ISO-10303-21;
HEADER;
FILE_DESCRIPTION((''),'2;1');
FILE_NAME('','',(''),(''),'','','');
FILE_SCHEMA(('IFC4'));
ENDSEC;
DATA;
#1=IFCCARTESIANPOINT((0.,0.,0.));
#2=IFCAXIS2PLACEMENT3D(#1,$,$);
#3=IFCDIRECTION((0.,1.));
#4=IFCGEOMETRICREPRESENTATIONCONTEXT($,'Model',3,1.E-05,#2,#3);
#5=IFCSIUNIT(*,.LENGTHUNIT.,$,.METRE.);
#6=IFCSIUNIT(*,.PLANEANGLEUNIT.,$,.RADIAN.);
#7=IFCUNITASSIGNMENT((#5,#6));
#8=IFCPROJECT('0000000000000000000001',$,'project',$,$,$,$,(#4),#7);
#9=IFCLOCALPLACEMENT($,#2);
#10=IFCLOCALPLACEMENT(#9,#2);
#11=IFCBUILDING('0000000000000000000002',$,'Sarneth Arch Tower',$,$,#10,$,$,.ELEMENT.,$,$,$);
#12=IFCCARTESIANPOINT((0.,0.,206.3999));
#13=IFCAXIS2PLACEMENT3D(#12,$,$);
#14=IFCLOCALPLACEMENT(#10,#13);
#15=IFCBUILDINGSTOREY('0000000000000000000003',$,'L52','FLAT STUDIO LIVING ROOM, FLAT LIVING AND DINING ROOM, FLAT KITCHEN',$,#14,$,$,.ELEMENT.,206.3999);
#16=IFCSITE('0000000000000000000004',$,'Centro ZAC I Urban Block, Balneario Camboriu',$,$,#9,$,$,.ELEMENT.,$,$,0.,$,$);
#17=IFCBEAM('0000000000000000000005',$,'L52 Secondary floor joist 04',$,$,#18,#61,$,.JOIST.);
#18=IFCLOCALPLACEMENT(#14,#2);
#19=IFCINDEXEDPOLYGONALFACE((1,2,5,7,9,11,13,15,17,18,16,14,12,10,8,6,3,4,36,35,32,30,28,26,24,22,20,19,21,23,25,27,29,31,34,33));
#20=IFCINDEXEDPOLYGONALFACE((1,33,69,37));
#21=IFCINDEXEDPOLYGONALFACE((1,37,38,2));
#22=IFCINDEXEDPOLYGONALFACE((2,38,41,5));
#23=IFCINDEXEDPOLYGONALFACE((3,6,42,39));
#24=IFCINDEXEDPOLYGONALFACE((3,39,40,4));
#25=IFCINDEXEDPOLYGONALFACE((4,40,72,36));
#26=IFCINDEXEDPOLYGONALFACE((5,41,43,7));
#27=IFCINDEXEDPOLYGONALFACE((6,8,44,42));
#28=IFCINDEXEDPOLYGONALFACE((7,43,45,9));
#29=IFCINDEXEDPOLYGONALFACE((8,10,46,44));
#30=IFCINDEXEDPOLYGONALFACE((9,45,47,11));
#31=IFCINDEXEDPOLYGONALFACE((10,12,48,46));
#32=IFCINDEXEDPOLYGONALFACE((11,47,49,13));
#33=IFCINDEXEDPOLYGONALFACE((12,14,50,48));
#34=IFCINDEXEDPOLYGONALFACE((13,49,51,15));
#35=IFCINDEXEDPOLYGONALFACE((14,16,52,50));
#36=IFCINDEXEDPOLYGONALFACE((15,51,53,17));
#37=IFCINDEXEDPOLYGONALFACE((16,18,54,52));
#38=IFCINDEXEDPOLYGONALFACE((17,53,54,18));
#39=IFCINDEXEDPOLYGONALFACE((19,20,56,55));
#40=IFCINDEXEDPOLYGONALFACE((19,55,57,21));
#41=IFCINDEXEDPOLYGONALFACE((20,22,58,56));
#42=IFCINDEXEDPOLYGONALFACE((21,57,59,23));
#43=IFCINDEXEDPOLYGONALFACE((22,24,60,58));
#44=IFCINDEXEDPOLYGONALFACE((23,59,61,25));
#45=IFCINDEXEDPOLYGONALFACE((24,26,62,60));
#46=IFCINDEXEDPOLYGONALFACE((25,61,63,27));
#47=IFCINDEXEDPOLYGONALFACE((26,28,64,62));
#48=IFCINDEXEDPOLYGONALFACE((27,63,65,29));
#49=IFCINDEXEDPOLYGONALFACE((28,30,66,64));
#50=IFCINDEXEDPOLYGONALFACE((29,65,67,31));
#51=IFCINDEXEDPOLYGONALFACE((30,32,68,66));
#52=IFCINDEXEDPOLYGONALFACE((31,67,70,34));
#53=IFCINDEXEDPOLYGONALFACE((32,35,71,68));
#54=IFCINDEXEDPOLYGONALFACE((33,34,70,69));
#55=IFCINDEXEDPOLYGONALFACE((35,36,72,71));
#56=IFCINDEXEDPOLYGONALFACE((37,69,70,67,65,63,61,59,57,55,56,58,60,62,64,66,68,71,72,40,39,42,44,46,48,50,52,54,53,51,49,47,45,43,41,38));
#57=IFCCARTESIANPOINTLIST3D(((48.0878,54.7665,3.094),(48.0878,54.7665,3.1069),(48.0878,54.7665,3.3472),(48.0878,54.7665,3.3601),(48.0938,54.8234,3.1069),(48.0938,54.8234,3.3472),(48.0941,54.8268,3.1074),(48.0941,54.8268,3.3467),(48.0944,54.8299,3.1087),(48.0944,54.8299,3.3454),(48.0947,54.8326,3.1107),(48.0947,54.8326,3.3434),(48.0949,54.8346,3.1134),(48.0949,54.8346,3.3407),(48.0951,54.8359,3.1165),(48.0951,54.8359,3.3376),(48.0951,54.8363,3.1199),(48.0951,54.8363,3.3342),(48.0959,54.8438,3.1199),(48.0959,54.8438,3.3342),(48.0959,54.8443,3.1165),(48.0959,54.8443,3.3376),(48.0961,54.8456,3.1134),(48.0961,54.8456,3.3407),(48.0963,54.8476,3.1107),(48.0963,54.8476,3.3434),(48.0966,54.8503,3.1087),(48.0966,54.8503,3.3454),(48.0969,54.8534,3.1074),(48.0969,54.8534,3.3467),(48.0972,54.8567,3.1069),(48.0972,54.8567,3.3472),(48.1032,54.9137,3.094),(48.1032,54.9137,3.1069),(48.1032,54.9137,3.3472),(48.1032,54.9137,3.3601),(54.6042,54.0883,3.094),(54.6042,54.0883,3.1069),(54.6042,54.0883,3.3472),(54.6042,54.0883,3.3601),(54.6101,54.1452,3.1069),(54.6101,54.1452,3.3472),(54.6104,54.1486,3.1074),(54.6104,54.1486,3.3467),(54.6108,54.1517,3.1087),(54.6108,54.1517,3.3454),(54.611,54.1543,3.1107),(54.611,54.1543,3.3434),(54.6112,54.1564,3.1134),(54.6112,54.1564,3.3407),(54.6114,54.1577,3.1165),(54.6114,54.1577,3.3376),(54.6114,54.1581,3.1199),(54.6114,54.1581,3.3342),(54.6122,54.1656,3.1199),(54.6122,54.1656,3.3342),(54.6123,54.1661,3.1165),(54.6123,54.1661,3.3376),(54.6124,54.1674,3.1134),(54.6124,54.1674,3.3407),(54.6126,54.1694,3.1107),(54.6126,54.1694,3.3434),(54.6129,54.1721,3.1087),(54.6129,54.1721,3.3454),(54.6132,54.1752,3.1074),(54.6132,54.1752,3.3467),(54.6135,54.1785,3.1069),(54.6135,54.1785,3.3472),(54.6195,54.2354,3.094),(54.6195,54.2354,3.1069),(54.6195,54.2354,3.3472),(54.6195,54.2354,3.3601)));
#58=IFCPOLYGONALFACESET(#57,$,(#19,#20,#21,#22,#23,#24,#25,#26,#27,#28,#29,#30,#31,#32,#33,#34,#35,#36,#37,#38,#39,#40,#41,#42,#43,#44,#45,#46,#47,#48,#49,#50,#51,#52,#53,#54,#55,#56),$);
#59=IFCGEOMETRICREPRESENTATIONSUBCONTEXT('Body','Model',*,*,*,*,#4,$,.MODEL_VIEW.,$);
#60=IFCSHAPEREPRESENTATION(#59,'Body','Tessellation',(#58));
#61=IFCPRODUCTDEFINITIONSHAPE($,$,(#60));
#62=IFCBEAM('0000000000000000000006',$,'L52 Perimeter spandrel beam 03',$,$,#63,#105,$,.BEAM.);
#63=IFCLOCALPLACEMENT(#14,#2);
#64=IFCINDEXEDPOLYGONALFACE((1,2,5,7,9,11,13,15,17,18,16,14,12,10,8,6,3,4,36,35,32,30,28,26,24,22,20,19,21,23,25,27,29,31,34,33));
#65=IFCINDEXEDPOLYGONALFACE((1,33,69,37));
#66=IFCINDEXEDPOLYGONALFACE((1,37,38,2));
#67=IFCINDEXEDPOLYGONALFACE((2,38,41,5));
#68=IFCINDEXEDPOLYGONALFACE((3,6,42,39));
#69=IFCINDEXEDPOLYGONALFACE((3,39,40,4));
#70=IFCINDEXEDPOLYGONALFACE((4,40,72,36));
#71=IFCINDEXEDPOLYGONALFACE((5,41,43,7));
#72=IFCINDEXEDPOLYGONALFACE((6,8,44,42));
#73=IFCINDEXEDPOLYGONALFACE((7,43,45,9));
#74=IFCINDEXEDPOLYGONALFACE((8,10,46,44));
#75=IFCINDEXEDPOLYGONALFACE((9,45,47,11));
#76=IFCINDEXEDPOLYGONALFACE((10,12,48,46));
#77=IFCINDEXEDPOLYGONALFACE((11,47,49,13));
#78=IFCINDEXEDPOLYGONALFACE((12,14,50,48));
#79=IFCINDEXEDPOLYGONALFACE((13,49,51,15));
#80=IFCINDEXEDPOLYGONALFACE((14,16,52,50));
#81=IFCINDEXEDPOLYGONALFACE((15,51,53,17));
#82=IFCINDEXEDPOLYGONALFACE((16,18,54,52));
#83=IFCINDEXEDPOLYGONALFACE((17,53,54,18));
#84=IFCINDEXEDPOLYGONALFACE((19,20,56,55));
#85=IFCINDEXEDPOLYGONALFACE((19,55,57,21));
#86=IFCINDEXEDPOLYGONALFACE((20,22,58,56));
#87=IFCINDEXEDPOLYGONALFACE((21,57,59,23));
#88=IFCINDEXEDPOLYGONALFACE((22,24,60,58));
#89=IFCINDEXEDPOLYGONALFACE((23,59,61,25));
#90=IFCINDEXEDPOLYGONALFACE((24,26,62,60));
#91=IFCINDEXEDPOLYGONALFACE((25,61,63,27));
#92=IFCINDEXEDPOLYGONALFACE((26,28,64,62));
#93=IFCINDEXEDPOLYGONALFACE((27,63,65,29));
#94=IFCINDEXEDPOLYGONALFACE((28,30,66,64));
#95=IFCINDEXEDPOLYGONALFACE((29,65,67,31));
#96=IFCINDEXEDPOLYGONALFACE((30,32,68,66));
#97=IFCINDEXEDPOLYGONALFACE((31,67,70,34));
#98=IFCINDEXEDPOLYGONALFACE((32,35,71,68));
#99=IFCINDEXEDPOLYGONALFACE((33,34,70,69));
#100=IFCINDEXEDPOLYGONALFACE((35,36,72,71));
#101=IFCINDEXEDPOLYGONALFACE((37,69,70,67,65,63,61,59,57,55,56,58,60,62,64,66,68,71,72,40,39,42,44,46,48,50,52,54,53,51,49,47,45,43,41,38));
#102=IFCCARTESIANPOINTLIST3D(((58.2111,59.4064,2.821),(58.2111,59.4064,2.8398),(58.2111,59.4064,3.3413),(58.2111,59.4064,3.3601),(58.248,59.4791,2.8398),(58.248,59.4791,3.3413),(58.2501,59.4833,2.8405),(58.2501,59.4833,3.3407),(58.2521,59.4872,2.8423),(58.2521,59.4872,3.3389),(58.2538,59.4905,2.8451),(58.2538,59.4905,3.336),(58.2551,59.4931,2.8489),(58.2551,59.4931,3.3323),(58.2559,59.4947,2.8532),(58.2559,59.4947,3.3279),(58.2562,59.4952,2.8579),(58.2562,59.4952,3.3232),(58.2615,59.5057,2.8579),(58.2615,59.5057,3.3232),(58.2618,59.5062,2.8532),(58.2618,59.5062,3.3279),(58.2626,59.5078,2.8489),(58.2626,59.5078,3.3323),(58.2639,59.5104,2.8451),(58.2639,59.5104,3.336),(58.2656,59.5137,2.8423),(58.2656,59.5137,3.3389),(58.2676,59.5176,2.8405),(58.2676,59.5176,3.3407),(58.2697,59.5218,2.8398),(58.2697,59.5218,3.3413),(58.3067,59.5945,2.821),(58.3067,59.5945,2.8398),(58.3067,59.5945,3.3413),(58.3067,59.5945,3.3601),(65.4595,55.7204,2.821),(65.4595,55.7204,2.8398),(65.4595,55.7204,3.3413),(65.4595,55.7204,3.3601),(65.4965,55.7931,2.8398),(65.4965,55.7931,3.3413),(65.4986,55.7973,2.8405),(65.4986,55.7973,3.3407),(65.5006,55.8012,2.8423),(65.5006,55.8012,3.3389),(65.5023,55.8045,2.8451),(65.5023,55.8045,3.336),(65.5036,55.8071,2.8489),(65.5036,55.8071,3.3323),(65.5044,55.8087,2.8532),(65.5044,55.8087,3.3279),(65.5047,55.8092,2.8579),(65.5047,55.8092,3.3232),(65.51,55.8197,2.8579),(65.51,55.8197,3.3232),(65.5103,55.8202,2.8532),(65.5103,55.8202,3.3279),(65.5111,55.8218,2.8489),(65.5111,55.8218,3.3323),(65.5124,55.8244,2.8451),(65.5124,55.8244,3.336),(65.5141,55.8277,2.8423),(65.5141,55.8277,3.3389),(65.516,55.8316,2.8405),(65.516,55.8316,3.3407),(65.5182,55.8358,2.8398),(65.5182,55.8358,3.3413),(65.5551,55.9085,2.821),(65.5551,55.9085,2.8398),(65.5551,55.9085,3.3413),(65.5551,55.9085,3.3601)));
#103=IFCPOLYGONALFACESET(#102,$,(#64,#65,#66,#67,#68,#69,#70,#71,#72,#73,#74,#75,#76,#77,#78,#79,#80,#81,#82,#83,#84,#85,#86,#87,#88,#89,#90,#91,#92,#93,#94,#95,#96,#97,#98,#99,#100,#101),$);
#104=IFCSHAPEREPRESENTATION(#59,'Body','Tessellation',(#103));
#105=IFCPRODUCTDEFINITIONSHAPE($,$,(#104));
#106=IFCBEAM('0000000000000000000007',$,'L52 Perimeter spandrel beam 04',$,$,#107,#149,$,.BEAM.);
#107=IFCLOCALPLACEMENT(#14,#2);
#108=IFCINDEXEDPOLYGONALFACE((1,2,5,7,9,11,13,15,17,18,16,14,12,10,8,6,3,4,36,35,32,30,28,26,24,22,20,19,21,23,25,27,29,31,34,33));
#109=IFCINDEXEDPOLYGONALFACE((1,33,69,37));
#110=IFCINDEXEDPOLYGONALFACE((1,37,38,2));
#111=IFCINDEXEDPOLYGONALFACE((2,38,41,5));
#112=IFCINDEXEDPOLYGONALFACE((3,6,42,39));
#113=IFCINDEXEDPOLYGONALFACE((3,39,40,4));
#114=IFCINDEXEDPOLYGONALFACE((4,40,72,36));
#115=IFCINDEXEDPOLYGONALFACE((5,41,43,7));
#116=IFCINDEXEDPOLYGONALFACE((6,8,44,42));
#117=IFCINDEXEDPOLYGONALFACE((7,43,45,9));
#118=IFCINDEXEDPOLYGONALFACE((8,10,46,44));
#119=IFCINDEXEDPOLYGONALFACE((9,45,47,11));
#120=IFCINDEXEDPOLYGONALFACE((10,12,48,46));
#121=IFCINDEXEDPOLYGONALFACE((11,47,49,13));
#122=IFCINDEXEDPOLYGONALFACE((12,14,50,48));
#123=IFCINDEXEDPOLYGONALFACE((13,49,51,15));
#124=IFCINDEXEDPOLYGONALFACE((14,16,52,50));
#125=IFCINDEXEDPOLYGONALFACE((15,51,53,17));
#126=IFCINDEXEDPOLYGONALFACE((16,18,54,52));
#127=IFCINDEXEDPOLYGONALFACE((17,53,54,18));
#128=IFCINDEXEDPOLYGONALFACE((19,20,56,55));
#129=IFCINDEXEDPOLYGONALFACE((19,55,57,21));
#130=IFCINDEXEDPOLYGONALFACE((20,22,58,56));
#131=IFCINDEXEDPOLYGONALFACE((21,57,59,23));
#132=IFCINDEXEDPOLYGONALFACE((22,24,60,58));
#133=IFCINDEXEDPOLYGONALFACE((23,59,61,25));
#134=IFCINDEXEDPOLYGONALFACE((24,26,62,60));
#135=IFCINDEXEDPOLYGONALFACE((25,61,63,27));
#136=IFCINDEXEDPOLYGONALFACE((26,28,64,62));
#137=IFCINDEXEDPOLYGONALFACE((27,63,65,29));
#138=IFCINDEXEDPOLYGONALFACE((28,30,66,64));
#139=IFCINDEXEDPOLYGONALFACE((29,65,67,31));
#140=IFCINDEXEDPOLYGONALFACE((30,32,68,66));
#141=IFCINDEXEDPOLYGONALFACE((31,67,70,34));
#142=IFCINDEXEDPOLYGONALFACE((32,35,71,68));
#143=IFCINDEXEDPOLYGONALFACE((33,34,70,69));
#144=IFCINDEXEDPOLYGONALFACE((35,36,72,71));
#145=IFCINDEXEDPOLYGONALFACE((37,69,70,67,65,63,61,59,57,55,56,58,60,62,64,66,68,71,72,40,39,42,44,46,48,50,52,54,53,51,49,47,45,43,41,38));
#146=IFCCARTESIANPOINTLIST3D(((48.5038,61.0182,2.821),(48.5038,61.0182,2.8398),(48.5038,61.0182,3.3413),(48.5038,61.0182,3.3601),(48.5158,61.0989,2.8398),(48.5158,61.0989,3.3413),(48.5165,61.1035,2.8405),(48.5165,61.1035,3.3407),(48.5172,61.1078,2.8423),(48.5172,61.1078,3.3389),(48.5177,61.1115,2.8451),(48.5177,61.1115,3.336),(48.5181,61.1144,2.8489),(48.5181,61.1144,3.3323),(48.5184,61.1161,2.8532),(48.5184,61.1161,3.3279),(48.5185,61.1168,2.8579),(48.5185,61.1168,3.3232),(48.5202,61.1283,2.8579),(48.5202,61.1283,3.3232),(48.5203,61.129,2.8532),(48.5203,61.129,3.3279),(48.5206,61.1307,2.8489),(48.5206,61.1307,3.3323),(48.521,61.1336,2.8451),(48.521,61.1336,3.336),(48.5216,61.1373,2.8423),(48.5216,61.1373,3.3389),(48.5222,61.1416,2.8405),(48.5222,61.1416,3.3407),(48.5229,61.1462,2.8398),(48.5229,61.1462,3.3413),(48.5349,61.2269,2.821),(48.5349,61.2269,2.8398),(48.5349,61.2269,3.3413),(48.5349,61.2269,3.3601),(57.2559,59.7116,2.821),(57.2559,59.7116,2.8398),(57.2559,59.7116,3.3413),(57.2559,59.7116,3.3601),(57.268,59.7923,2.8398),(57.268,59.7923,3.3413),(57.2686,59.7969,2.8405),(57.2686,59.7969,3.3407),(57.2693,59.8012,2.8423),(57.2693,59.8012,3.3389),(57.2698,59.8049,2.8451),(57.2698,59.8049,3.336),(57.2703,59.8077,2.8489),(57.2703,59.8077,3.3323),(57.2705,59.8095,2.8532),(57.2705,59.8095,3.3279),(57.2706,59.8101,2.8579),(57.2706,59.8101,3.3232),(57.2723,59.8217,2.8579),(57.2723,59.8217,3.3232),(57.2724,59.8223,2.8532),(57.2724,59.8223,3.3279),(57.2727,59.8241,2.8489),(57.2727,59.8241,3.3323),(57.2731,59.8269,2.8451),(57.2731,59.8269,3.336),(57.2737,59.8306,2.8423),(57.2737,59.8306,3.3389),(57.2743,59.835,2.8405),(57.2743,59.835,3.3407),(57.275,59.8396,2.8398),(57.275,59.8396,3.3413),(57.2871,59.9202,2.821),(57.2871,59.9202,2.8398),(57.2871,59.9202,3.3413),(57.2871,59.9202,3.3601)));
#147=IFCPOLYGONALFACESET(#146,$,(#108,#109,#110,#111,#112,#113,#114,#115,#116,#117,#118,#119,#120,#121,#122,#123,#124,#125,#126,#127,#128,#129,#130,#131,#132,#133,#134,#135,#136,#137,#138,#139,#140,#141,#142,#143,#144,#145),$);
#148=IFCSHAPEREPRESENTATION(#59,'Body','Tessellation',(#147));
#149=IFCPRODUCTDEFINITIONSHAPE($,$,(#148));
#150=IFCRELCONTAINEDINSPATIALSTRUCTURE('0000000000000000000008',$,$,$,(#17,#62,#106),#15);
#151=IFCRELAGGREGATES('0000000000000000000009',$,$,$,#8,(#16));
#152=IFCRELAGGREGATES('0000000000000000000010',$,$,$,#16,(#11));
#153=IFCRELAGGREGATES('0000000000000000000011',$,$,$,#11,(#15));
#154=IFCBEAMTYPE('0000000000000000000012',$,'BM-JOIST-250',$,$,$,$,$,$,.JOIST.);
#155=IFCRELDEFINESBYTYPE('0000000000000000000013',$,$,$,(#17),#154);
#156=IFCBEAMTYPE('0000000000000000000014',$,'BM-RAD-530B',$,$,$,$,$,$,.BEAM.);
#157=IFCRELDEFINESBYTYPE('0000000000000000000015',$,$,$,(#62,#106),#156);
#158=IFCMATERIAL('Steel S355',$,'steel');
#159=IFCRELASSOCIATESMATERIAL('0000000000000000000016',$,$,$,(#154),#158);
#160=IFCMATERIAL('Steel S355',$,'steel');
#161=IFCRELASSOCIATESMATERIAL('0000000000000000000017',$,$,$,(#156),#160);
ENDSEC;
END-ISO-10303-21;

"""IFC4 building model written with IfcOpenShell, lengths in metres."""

from ifc_helpers import new_model, si_unit, direction, frame, origin, origin_2d, place, context, subcontext, project, spatial, i_section, extrude, material, material_profile, profile_set, type_object, element, save


model = new_model("IFC4")

# Units and contexts
model_context = context("Model", 3, precision=1e-05, world=origin(), true_north=direction((0.0, 1.0)))
body_context = subcontext(model_context, "Body", "Model", "MODEL_VIEW")
ifc_project = project(units=[si_unit("LENGTHUNIT", "METRE"), si_unit("PLANEANGLEUNIT", "RADIAN")], contexts=[model_context])

# Site, building, storey
site_placement = place(None, origin())
site = spatial("IfcSite", under=ifc_project, at=site_placement, Name="Centro ZAC I Urban Block, Balneario Camboriu", CompositionType="ELEMENT", RefElevation=0.0)
building_placement = place(site_placement, origin())
building = spatial("IfcBuilding", under=site, at=building_placement, Name="Sarneth Arch Tower", CompositionType="ELEMENT")
storey_placement = place(building_placement, frame((0.0, 0.0, 206.3999)))
storey = spatial("IfcBuildingStorey", under=building, at=storey_placement, Name="L52", Description="FLAT STUDIO LIVING ROOM, FLAT LIVING AND DINING ROOM, FLAT KITCHEN", CompositionType="ELEMENT", Elevation=206.3999)

# Beams
ifc_material_1 = material(Name="Steel S355", Category="steel")
ifc_material_profile_1 = material_profile(ifc_material_1, i_section(OverallWidth=0.1479, OverallDepth=0.2661, WebThickness=0.0076, FlangeThickness=0.0129, FilletRadius=0.0129, at=origin_2d()), Name="W250x44.8")
ifc_profile_set_1 = profile_set([ifc_material_profile_1], Name="Steel S355")
beam_type_1 = type_object("IfcBeamType", Name="BM-JOIST-250", PredefinedType="JOIST", material=ifc_profile_set_1)
beam_1_placement = place(storey_placement, frame((54.6118, 54.1619, 3.2271), z_axis=(-0.994627, 0.103521, 0.0), x_axis=(-0.103521, -0.994627, 0.0)))
element("IfcBeam", 1, at=beam_1_placement, inside=storey, type_object=beam_type_1, Name="L52 Secondary floor joist 04", PredefinedType="JOIST", context=body_context, shape_type="SweptSolid", body=[
    extrude(i_section(OverallWidth=0.1479, OverallDepth=0.2661, WebThickness=0.0076, FlangeThickness=0.0129, FilletRadius=0.0129, at=origin_2d()), origin(), (0.0, 0.0, 1.0), 6.5515),
])
ifc_material_2 = material(Name="Steel S355", Category="steel")
ifc_material_profile_2 = material_profile(ifc_material_2, i_section(OverallWidth=0.2109, OverallDepth=0.5391, WebThickness=0.0117, FlangeThickness=0.0188, FilletRadius=0.0181, at=origin_2d()), Name="W530x109")
ifc_profile_set_2 = profile_set([ifc_material_profile_2], Name="Steel S355")
beam_type_2 = type_object("IfcBeamType", Name="BM-RAD-530B", PredefinedType="BEAM", material=ifc_profile_set_2)
beam_2_placement = place(storey_placement, frame((65.5073, 55.8145, 3.0906), z_axis=(-0.891368, 0.45328, 0.0), x_axis=(-0.45328, -0.891368, 0.0)))
element("IfcBeam", 2, at=beam_2_placement, inside=storey, type_object=beam_type_2, Name="L52 Perimeter spandrel beam 03", PredefinedType="BEAM", context=body_context, shape_type="SweptSolid", body=[
    extrude(i_section(OverallWidth=0.2109, OverallDepth=0.5391, WebThickness=0.0117, FlangeThickness=0.0188, FilletRadius=0.0181, at=origin_2d()), origin(), (0.0, 0.0, 1.0), 8.1318),
])
beam_3_placement = place(storey_placement, frame((57.2715, 59.8159, 3.0906), z_axis=(-0.989039, 0.147656, 0.0), x_axis=(-0.147656, -0.989039, 0.0)))
element("IfcBeam", 3, at=beam_3_placement, inside=storey, type_object=beam_type_2, Name="L52 Perimeter spandrel beam 04", PredefinedType="BEAM", context=body_context, shape_type="SweptSolid", body=[
    extrude(i_section(OverallWidth=0.2109, OverallDepth=0.5391, WebThickness=0.0117, FlangeThickness=0.0188, FilletRadius=0.0181, at=origin_2d()), origin(), (0.0, 0.0, 1.0), 8.8491),
])

save(model, "model.ifc")
